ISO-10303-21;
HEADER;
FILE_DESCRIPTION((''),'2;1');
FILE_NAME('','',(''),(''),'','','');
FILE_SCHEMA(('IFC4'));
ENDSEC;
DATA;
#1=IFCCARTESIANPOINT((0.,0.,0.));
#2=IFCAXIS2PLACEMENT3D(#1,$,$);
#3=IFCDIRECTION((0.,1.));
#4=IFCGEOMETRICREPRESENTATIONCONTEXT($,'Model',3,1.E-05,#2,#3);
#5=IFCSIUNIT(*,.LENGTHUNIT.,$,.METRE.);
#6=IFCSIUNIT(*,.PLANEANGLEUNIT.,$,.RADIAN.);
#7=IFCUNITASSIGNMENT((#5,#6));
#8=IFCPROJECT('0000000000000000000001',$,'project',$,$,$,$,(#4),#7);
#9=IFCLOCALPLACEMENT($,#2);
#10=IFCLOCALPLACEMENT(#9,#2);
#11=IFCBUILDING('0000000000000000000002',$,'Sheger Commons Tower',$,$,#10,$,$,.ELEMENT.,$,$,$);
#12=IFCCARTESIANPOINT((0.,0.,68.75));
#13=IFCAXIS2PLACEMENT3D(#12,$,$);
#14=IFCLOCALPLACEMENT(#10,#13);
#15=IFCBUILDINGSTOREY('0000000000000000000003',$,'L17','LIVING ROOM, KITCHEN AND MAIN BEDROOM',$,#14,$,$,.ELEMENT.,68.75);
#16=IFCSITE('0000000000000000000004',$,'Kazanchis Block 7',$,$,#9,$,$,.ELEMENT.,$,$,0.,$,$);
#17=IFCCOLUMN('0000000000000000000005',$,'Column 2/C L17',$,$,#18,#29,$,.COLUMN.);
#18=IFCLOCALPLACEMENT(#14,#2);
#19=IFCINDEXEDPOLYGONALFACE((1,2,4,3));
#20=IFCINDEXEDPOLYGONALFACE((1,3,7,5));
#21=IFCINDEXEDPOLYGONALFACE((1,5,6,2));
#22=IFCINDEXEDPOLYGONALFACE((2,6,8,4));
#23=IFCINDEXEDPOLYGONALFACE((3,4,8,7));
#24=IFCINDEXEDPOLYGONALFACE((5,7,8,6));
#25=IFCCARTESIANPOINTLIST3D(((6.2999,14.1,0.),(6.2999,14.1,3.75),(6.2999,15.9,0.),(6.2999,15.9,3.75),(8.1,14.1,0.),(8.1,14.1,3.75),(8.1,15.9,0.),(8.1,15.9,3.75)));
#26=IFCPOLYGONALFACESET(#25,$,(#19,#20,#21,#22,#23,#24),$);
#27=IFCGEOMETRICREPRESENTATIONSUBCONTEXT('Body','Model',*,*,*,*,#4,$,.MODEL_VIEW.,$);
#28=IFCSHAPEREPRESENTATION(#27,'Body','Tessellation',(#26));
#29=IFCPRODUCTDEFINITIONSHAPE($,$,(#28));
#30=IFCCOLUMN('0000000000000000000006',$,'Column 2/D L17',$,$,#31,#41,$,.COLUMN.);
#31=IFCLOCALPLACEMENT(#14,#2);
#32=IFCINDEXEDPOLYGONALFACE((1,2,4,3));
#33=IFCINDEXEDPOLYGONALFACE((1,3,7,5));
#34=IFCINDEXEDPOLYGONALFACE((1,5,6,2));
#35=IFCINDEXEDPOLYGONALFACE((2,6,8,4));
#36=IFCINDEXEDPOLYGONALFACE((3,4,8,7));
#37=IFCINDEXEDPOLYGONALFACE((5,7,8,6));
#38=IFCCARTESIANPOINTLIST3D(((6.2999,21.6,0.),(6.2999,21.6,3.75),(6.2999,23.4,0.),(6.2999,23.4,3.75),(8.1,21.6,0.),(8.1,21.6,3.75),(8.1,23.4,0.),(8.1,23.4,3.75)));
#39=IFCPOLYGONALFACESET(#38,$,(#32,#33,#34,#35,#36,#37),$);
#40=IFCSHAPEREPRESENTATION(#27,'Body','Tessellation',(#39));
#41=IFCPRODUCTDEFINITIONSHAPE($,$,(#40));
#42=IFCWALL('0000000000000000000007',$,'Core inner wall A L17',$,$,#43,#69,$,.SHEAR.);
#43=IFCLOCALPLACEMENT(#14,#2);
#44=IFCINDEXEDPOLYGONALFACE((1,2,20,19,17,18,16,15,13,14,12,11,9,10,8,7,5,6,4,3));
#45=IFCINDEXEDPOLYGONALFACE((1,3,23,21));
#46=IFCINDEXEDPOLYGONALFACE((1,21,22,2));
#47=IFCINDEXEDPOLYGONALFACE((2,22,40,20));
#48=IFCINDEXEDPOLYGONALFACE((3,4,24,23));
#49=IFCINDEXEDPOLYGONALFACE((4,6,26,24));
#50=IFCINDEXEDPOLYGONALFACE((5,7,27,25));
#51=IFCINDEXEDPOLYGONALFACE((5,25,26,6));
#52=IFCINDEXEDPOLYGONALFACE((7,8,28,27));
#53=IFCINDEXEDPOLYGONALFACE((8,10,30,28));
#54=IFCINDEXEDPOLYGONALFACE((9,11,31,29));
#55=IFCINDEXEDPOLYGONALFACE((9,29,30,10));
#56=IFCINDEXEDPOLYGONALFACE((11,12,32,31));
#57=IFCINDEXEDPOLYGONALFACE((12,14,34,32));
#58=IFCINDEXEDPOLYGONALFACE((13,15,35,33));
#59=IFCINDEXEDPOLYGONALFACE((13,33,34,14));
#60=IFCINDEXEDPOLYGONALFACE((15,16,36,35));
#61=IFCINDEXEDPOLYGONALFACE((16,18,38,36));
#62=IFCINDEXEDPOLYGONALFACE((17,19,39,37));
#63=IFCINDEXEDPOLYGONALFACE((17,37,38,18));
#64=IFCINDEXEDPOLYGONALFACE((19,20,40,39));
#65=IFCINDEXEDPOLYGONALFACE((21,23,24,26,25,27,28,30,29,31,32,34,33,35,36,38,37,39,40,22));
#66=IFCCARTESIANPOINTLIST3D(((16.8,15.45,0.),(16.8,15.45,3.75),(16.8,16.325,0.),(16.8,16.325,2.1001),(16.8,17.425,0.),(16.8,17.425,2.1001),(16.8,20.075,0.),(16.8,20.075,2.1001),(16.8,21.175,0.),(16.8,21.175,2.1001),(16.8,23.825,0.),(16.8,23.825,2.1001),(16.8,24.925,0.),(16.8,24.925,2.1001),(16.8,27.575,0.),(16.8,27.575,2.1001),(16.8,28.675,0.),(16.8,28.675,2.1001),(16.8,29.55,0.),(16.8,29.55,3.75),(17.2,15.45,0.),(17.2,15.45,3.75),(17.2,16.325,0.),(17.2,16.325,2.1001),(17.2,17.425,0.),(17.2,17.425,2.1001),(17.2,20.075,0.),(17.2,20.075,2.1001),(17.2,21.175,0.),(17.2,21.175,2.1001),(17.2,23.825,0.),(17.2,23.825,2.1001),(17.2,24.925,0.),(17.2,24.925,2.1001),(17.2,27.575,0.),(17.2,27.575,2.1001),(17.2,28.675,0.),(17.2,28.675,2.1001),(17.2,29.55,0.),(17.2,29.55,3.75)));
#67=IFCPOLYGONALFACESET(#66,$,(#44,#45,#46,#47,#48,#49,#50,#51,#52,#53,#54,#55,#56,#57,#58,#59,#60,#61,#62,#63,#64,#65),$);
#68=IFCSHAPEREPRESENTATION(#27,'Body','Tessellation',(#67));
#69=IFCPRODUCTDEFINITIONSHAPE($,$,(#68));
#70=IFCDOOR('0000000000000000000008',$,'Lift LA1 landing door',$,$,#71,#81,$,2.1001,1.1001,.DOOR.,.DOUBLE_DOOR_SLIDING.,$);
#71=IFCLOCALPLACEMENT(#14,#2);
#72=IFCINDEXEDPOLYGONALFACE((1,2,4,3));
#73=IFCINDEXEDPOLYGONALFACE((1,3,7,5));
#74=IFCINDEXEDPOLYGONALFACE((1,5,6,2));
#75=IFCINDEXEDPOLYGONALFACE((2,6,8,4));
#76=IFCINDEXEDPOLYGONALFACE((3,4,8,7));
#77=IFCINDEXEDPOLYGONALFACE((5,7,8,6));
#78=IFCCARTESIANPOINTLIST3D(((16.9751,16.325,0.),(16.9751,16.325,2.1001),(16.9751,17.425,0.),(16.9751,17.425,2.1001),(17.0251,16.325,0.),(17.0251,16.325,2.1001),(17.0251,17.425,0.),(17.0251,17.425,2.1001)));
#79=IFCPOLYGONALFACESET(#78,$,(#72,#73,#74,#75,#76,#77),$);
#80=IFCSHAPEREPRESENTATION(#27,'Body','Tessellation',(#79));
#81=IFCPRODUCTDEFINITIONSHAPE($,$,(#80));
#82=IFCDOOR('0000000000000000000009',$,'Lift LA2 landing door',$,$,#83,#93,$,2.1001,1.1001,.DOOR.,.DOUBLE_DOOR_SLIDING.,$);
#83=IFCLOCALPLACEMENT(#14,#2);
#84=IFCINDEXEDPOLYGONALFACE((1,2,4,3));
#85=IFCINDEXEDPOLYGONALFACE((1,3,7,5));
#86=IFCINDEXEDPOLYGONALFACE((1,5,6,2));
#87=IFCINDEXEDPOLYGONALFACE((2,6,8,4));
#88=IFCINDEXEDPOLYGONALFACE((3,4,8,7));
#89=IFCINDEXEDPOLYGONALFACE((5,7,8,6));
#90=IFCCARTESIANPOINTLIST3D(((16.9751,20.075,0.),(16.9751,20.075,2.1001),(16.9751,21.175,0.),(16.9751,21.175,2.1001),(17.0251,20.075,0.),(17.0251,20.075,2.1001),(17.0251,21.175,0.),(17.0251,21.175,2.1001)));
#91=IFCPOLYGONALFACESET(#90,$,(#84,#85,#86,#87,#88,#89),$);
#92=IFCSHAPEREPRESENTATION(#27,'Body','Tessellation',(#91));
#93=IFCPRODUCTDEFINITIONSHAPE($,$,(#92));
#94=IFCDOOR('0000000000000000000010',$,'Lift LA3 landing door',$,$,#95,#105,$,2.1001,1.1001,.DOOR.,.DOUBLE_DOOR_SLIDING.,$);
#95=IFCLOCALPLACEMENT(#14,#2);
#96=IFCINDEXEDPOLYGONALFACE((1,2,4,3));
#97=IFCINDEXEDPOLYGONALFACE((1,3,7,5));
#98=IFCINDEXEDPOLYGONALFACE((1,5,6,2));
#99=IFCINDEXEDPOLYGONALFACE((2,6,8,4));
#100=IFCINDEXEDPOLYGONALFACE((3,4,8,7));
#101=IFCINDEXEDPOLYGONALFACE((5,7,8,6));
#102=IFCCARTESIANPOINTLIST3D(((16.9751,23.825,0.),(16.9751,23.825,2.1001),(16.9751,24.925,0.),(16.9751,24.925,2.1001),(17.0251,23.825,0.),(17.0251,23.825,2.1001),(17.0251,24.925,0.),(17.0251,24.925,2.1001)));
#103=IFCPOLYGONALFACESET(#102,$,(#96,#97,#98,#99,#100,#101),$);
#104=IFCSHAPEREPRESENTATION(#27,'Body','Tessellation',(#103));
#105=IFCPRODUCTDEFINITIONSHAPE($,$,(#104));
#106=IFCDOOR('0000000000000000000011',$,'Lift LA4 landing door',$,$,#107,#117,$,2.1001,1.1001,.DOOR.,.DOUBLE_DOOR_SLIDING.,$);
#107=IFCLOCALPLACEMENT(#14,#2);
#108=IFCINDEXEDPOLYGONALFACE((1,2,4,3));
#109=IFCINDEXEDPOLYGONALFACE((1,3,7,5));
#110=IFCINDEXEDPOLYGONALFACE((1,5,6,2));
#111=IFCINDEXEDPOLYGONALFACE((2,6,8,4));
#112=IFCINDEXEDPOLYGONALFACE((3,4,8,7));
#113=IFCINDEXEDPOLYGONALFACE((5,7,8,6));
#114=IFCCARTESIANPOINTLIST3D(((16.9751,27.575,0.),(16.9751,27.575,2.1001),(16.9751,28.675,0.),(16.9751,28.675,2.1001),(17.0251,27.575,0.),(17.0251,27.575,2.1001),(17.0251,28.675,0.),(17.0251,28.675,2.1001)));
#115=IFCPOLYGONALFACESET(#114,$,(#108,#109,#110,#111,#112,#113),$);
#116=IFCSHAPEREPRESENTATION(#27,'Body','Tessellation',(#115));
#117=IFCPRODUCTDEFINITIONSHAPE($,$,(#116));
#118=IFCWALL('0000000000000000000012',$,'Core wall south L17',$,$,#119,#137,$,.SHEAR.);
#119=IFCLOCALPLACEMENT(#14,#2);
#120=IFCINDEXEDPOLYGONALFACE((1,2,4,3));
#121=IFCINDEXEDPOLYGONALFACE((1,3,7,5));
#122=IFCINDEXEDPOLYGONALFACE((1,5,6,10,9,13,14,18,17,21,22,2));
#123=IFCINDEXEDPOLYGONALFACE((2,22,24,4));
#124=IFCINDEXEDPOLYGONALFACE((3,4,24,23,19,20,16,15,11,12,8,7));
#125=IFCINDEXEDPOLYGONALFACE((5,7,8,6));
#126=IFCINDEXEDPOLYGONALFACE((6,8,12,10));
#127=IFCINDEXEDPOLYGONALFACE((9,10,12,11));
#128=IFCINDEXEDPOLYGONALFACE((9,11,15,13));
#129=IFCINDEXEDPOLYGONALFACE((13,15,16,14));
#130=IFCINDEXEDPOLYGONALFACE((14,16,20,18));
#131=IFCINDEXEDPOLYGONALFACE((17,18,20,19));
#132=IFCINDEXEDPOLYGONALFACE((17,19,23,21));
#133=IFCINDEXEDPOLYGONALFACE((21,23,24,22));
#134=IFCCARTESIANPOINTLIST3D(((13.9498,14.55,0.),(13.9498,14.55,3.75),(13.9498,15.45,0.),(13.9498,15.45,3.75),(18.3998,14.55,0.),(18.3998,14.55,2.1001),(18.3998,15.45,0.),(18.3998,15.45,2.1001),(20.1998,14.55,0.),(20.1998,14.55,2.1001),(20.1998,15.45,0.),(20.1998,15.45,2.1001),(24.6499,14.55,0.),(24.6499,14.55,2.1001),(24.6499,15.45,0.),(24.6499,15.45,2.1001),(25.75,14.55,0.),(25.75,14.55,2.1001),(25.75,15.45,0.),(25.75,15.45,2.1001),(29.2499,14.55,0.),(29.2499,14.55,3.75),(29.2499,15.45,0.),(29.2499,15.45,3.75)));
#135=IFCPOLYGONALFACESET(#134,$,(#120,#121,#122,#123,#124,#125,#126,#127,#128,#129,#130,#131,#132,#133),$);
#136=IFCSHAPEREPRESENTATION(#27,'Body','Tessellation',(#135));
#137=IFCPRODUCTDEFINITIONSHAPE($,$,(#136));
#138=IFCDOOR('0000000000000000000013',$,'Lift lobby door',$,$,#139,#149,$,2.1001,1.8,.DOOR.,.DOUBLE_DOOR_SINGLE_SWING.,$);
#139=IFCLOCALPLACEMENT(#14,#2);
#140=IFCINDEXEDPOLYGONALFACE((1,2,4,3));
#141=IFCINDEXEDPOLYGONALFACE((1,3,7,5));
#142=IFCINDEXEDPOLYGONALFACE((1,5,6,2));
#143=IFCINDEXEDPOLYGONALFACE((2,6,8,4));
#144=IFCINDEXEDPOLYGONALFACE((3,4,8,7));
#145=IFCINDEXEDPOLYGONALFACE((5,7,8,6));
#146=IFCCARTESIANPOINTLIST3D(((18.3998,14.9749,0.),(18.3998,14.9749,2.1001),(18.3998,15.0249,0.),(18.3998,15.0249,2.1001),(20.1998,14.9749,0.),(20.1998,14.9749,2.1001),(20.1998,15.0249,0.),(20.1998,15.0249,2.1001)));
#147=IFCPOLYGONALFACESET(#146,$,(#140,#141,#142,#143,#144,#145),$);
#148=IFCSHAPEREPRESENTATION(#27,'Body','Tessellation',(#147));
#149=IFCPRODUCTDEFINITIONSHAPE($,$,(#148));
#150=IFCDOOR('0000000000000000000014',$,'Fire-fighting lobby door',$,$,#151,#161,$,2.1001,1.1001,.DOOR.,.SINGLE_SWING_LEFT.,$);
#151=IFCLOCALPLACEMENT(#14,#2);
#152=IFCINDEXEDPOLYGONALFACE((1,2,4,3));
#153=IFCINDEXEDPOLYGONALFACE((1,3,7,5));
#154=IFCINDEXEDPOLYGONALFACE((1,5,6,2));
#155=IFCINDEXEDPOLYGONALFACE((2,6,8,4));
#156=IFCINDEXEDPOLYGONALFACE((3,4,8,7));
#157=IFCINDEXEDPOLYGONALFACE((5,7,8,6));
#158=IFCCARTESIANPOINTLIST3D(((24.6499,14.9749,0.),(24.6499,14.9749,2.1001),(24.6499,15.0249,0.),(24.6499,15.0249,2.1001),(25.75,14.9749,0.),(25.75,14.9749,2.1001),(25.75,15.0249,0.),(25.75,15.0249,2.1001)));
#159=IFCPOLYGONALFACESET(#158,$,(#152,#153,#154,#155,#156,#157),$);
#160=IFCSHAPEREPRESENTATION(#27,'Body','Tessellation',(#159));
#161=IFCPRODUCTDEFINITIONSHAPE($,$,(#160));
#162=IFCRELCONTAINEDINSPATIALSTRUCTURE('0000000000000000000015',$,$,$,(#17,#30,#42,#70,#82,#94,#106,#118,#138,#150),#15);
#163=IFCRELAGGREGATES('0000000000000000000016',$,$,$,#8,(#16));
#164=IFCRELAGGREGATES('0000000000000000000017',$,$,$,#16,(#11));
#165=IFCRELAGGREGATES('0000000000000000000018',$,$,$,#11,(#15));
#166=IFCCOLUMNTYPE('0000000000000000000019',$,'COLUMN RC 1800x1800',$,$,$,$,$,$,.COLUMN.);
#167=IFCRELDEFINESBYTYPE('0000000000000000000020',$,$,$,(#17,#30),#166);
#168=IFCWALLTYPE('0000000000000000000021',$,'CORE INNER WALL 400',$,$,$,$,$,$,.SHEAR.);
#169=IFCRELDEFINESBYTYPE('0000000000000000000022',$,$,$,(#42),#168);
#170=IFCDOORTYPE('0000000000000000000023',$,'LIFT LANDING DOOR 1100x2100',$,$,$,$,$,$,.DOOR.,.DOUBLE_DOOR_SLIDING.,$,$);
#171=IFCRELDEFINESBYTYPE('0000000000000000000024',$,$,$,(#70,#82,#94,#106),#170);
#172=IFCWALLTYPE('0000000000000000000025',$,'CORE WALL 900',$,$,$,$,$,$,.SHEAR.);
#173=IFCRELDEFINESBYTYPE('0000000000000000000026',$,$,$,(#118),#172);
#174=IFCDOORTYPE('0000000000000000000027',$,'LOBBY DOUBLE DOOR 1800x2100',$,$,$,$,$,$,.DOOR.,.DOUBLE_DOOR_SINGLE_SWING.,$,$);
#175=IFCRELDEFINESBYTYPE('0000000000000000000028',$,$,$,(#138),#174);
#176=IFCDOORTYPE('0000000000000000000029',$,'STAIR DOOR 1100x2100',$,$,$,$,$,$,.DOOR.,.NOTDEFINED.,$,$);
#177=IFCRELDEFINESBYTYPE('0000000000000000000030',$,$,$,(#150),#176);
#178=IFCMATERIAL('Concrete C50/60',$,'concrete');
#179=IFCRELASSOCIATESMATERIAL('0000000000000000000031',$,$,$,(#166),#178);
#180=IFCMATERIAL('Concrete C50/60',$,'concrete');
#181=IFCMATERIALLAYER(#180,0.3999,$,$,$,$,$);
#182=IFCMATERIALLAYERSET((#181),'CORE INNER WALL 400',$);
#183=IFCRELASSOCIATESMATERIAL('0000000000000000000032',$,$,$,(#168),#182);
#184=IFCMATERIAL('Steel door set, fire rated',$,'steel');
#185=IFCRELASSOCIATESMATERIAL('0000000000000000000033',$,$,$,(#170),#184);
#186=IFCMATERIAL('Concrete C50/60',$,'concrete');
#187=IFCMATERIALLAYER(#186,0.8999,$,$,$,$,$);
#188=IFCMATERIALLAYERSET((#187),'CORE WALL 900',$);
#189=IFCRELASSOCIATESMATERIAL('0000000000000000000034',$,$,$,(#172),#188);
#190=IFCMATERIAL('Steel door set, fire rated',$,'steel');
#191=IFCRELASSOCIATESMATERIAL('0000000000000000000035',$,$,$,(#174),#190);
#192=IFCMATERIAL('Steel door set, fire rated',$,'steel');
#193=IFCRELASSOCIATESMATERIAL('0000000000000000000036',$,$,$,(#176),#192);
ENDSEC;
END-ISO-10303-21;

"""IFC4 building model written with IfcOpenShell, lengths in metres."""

from ifc_helpers import new_model, si_unit, direction, frame, frame_2d, origin, origin_2d, place, context, subcontext, project, spatial, rectangle, extrude, material, layer, layer_set, material_profile, profile_set, type_object, element, fill, save


model = new_model("IFC4")

# Units and contexts
model_context = context("Model", 3, precision=1e-05, world=origin(), true_north=direction((0.0, 1.0)))
body_context = subcontext(model_context, "Body", "Model", "MODEL_VIEW")
ifc_project = project(units=[si_unit("LENGTHUNIT", "METRE"), si_unit("PLANEANGLEUNIT", "RADIAN")], contexts=[model_context])

# Site, building, storey
site_placement = place(None, origin())
site = spatial("IfcSite", under=ifc_project, at=site_placement, Name="Kazanchis Block 7", CompositionType="ELEMENT", RefElevation=0.0)
building_placement = place(site_placement, origin())
building = spatial("IfcBuilding", under=site, at=building_placement, Name="Sheger Commons Tower", CompositionType="ELEMENT")
storey_placement = place(building_placement, frame((0.0, 0.0, 68.75)))
storey = spatial("IfcBuildingStorey", under=building, at=storey_placement, Name="L17", Description="LIVING ROOM, KITCHEN AND MAIN BEDROOM", CompositionType="ELEMENT", Elevation=68.75)

# Columns
ifc_material_1 = material(Name="Concrete C50/60", Category="concrete")
ifc_material_profile = material_profile(ifc_material_1, rectangle(XDim=1.8, YDim=1.8, at=origin_2d()), Name="RC 1800x1800")
ifc_profile_set = profile_set([ifc_material_profile], Name="Concrete C50/60")
column_type = type_object("IfcColumnType", Name="COLUMN RC 1800x1800", PredefinedType="COLUMN", material=ifc_profile_set)
for number, where, z_axis, x_axis, name in (
    (1, (7.2, 15.0, 0.0), (0.0, 0.0, 1.0), (1.0, 0.0, 0.0), "Column 2/C L17"),
    (2, (7.2, 22.5, 0.0), (0.0, 0.0, 1.0), (1.0, 0.0, 0.0), "Column 2/D L17"),
):
    element("IfcColumn", number, at=place(storey_placement, frame(where, z_axis=z_axis, x_axis=x_axis)), inside=storey, type_object=column_type, Name=name, PredefinedType="COLUMN", context=body_context, shape_type="SweptSolid", body=[
        extrude(rectangle(XDim=1.8, YDim=1.8, at=origin_2d()), origin(), (0.0, 0.0, 1.0), 3.75),
    ])

# Walls, openings, doors
ifc_material_2 = material(Name="Concrete C50/60", Category="concrete")
ifc_layer_1 = layer(ifc_material_2, 0.3999)
ifc_layer_set_1 = layer_set([ifc_layer_1], Name="CORE INNER WALL 400")
wall_type_1 = type_object("IfcWallType", Name="CORE INNER WALL 400", PredefinedType="SHEAR", material=ifc_layer_set_1)
wall_1_placement = place(storey_placement, frame((17.0, 15.45, 0.0), z_axis=(0.0, 0.0, 1.0), x_axis=(0.0, 1.0, 0.0)))
wall_1 = element("IfcWall", 3, at=wall_1_placement, inside=storey, type_object=wall_type_1, Name="Core inner wall A L17", PredefinedType="SHEAR", context=body_context, shape_type="SweptSolid", body=[
    extrude(rectangle(XDim=14.1001, YDim=0.3999, at=frame_2d((7.05, 0.0))), origin(), (0.0, 0.0, 1.0), 3.75),
])
opening_1_placement = place(wall_1_placement, frame((0.875, 0.0, 0.0)))
opening_1 = element("IfcOpeningElement", 4, at=opening_1_placement, cuts=wall_1, PredefinedType="OPENING", context=body_context, shape_type="SweptSolid", body=[
    extrude(rectangle(XDim=1.1001, YDim=2.1001, at=frame_2d((0.55, 1.05))), frame((0.0, 0.21, 0.0), z_axis=(0.0, -1.0, 0.0), x_axis=(1.0, 0.0, 0.0)), (0.0, 0.0, 1.0), 0.4199),
])
opening_2_placement = place(wall_1_placement, frame((4.625, 0.0, 0.0)))
opening_2 = element("IfcOpeningElement", 5, at=opening_2_placement, cuts=wall_1, PredefinedType="OPENING", context=body_context, shape_type="SweptSolid", body=[
    extrude(rectangle(XDim=1.1001, YDim=2.1001, at=frame_2d((0.55, 1.05))), frame((0.0, 0.21, 0.0), z_axis=(0.0, -1.0, 0.0), x_axis=(1.0, 0.0, 0.0)), (0.0, 0.0, 1.0), 0.4199),
])
opening_3_placement = place(wall_1_placement, frame((8.375, 0.0, 0.0)))
opening_3 = element("IfcOpeningElement", 6, at=opening_3_placement, cuts=wall_1, PredefinedType="OPENING", context=body_context, shape_type="SweptSolid", body=[
    extrude(rectangle(XDim=1.1001, YDim=2.1001, at=frame_2d((0.55, 1.05))), frame((0.0, 0.21, 0.0), z_axis=(0.0, -1.0, 0.0), x_axis=(1.0, 0.0, 0.0)), (0.0, 0.0, 1.0), 0.4199),
])
opening_4_placement = place(wall_1_placement, frame((12.125, 0.0, 0.0)))
opening_4 = element("IfcOpeningElement", 7, at=opening_4_placement, cuts=wall_1, PredefinedType="OPENING", context=body_context, shape_type="SweptSolid", body=[
    extrude(rectangle(XDim=1.1001, YDim=2.1001, at=frame_2d((0.55, 1.05))), frame((0.0, 0.21, 0.0), z_axis=(0.0, -1.0, 0.0), x_axis=(1.0, 0.0, 0.0)), (0.0, 0.0, 1.0), 0.4199),
])
ifc_material_3 = material(Name="Steel door set, fire rated", Category="steel")
door_type_1 = type_object("IfcDoorType", Name="LIFT LANDING DOOR 1100x2100", OperationType="DOUBLE_DOOR_SLIDING", PredefinedType="DOOR", material=ifc_material_3)
door_1_placement = place(opening_1_placement, origin())
door_1 = element("IfcDoor", 8, at=door_1_placement, inside=storey, type_object=door_type_1, Name="Lift LA1 landing door", OperationType="DOUBLE_DOOR_SLIDING", OverallHeight=2.1001, OverallWidth=1.1001, PredefinedType="DOOR", context=body_context, shape_type="SweptSolid", body=[
    extrude(rectangle(XDim=1.1001, YDim=2.1001, at=frame_2d((0.55, 1.05))), frame((0.0, 0.0249, 0.0), z_axis=(0.0, -1.0, 0.0), x_axis=(1.0, 0.0, 0.0)), (0.0, 0.0, 1.0), 0.05),
])
fill(opening_1, door_1)
door_2_placement = place(opening_2_placement, origin())
door_2 = element("IfcDoor", 9, at=door_2_placement, inside=storey, type_object=door_type_1, Name="Lift LA2 landing door", OperationType="DOUBLE_DOOR_SLIDING", OverallHeight=2.1001, OverallWidth=1.1001, PredefinedType="DOOR", context=body_context, shape_type="SweptSolid", body=[
    extrude(rectangle(XDim=1.1001, YDim=2.1001, at=frame_2d((0.55, 1.05))), frame((0.0, 0.0249, 0.0), z_axis=(0.0, -1.0, 0.0), x_axis=(1.0, 0.0, 0.0)), (0.0, 0.0, 1.0), 0.05),
])
fill(opening_2, door_2)
door_3_placement = place(opening_3_placement, origin())
door_3 = element("IfcDoor", 10, at=door_3_placement, inside=storey, type_object=door_type_1, Name="Lift LA3 landing door", OperationType="DOUBLE_DOOR_SLIDING", OverallHeight=2.1001, OverallWidth=1.1001, PredefinedType="DOOR", context=body_context, shape_type="SweptSolid", body=[
    extrude(rectangle(XDim=1.1001, YDim=2.1001, at=frame_2d((0.55, 1.05))), frame((0.0, 0.0249, 0.0), z_axis=(0.0, -1.0, 0.0), x_axis=(1.0, 0.0, 0.0)), (0.0, 0.0, 1.0), 0.05),
])
fill(opening_3, door_3)
door_4_placement = place(opening_4_placement, origin())
door_4 = element("IfcDoor", 11, at=door_4_placement, inside=storey, type_object=door_type_1, Name="Lift LA4 landing door", OperationType="DOUBLE_DOOR_SLIDING", OverallHeight=2.1001, OverallWidth=1.1001, PredefinedType="DOOR", context=body_context, shape_type="SweptSolid", body=[
    extrude(rectangle(XDim=1.1001, YDim=2.1001, at=frame_2d((0.55, 1.05))), frame((0.0, 0.0249, 0.0), z_axis=(0.0, -1.0, 0.0), x_axis=(1.0, 0.0, 0.0)), (0.0, 0.0, 1.0), 0.05),
])
fill(opening_4, door_4)
ifc_material_4 = material(Name="Concrete C50/60", Category="concrete")
ifc_layer_2 = layer(ifc_material_4, 0.8999)
ifc_layer_set_2 = layer_set([ifc_layer_2], Name="CORE WALL 900")
wall_type_2 = type_object("IfcWallType", Name="CORE WALL 900", PredefinedType="SHEAR", material=ifc_layer_set_2)
wall_2_placement = place(storey_placement, frame((13.95, 15.0, 0.0), z_axis=(0.0, 0.0, 1.0), x_axis=(1.0, 0.0, 0.0)))
wall_2 = element("IfcWall", 12, at=wall_2_placement, inside=storey, type_object=wall_type_2, Name="Core wall south L17", PredefinedType="SHEAR", context=body_context, shape_type="SweptSolid", body=[
    extrude(rectangle(XDim=15.3, YDim=0.8999, at=frame_2d((7.6499, 0.0))), origin(), (0.0, 0.0, 1.0), 3.75),
])
opening_5_placement = place(wall_2_placement, frame((4.45, 0.0, 0.0)))
opening_5 = element("IfcOpeningElement", 13, at=opening_5_placement, cuts=wall_2, PredefinedType="OPENING", context=body_context, shape_type="SweptSolid", body=[
    extrude(rectangle(XDim=1.8, YDim=2.1001, at=frame_2d((0.8999, 1.05))), frame((0.0, 0.46, 0.0), z_axis=(0.0, -1.0, 0.0), x_axis=(1.0, 0.0, 0.0)), (0.0, 0.0, 1.0), 0.9199),
])
opening_6_placement = place(wall_2_placement, frame((10.7, 0.0, 0.0)))
opening_6 = element("IfcOpeningElement", 14, at=opening_6_placement, cuts=wall_2, PredefinedType="OPENING", context=body_context, shape_type="SweptSolid", body=[
    extrude(rectangle(XDim=1.1001, YDim=2.1001, at=frame_2d((0.55, 1.05))), frame((0.0, 0.46, 0.0), z_axis=(0.0, -1.0, 0.0), x_axis=(1.0, 0.0, 0.0)), (0.0, 0.0, 1.0), 0.9199),
])
ifc_material_5 = material(Name="Steel door set, fire rated", Category="steel")
door_type_2 = type_object("IfcDoorType", Name="LOBBY DOUBLE DOOR 1800x2100", OperationType="DOUBLE_DOOR_SINGLE_SWING", PredefinedType="DOOR", material=ifc_material_5)
door_5_placement = place(opening_5_placement, origin())
door_5 = element("IfcDoor", 15, at=door_5_placement, inside=storey, type_object=door_type_2, Name="Lift lobby door", OperationType="DOUBLE_DOOR_SINGLE_SWING", OverallHeight=2.1001, OverallWidth=1.8, PredefinedType="DOOR", context=body_context, shape_type="SweptSolid", body=[
    extrude(rectangle(XDim=1.8, YDim=2.1001, at=frame_2d((0.8999, 1.05))), frame((0.0, 0.0249, 0.0), z_axis=(0.0, -1.0, 0.0), x_axis=(1.0, 0.0, 0.0)), (0.0, 0.0, 1.0), 0.05),
])
fill(opening_5, door_5)
ifc_material_6 = material(Name="Steel door set, fire rated", Category="steel")
door_type_3 = type_object("IfcDoorType", Name="STAIR DOOR 1100x2100", OperationType="NOTDEFINED", PredefinedType="DOOR", material=ifc_material_6)
door_6_placement = place(opening_6_placement, origin())
door_6 = element("IfcDoor", 16, at=door_6_placement, inside=storey, type_object=door_type_3, Name="Fire-fighting lobby door", OperationType="SINGLE_SWING_LEFT", OverallHeight=2.1001, OverallWidth=1.1001, PredefinedType="DOOR", context=body_context, shape_type="SweptSolid", body=[
    extrude(rectangle(XDim=1.1001, YDim=2.1001, at=frame_2d((0.55, 1.05))), frame((0.0, 0.0249, 0.0), z_axis=(0.0, -1.0, 0.0), x_axis=(1.0, 0.0, 0.0)), (0.0, 0.0, 1.0), 0.05),
])
fill(opening_6, door_6)

save(model, "model.ifc")
